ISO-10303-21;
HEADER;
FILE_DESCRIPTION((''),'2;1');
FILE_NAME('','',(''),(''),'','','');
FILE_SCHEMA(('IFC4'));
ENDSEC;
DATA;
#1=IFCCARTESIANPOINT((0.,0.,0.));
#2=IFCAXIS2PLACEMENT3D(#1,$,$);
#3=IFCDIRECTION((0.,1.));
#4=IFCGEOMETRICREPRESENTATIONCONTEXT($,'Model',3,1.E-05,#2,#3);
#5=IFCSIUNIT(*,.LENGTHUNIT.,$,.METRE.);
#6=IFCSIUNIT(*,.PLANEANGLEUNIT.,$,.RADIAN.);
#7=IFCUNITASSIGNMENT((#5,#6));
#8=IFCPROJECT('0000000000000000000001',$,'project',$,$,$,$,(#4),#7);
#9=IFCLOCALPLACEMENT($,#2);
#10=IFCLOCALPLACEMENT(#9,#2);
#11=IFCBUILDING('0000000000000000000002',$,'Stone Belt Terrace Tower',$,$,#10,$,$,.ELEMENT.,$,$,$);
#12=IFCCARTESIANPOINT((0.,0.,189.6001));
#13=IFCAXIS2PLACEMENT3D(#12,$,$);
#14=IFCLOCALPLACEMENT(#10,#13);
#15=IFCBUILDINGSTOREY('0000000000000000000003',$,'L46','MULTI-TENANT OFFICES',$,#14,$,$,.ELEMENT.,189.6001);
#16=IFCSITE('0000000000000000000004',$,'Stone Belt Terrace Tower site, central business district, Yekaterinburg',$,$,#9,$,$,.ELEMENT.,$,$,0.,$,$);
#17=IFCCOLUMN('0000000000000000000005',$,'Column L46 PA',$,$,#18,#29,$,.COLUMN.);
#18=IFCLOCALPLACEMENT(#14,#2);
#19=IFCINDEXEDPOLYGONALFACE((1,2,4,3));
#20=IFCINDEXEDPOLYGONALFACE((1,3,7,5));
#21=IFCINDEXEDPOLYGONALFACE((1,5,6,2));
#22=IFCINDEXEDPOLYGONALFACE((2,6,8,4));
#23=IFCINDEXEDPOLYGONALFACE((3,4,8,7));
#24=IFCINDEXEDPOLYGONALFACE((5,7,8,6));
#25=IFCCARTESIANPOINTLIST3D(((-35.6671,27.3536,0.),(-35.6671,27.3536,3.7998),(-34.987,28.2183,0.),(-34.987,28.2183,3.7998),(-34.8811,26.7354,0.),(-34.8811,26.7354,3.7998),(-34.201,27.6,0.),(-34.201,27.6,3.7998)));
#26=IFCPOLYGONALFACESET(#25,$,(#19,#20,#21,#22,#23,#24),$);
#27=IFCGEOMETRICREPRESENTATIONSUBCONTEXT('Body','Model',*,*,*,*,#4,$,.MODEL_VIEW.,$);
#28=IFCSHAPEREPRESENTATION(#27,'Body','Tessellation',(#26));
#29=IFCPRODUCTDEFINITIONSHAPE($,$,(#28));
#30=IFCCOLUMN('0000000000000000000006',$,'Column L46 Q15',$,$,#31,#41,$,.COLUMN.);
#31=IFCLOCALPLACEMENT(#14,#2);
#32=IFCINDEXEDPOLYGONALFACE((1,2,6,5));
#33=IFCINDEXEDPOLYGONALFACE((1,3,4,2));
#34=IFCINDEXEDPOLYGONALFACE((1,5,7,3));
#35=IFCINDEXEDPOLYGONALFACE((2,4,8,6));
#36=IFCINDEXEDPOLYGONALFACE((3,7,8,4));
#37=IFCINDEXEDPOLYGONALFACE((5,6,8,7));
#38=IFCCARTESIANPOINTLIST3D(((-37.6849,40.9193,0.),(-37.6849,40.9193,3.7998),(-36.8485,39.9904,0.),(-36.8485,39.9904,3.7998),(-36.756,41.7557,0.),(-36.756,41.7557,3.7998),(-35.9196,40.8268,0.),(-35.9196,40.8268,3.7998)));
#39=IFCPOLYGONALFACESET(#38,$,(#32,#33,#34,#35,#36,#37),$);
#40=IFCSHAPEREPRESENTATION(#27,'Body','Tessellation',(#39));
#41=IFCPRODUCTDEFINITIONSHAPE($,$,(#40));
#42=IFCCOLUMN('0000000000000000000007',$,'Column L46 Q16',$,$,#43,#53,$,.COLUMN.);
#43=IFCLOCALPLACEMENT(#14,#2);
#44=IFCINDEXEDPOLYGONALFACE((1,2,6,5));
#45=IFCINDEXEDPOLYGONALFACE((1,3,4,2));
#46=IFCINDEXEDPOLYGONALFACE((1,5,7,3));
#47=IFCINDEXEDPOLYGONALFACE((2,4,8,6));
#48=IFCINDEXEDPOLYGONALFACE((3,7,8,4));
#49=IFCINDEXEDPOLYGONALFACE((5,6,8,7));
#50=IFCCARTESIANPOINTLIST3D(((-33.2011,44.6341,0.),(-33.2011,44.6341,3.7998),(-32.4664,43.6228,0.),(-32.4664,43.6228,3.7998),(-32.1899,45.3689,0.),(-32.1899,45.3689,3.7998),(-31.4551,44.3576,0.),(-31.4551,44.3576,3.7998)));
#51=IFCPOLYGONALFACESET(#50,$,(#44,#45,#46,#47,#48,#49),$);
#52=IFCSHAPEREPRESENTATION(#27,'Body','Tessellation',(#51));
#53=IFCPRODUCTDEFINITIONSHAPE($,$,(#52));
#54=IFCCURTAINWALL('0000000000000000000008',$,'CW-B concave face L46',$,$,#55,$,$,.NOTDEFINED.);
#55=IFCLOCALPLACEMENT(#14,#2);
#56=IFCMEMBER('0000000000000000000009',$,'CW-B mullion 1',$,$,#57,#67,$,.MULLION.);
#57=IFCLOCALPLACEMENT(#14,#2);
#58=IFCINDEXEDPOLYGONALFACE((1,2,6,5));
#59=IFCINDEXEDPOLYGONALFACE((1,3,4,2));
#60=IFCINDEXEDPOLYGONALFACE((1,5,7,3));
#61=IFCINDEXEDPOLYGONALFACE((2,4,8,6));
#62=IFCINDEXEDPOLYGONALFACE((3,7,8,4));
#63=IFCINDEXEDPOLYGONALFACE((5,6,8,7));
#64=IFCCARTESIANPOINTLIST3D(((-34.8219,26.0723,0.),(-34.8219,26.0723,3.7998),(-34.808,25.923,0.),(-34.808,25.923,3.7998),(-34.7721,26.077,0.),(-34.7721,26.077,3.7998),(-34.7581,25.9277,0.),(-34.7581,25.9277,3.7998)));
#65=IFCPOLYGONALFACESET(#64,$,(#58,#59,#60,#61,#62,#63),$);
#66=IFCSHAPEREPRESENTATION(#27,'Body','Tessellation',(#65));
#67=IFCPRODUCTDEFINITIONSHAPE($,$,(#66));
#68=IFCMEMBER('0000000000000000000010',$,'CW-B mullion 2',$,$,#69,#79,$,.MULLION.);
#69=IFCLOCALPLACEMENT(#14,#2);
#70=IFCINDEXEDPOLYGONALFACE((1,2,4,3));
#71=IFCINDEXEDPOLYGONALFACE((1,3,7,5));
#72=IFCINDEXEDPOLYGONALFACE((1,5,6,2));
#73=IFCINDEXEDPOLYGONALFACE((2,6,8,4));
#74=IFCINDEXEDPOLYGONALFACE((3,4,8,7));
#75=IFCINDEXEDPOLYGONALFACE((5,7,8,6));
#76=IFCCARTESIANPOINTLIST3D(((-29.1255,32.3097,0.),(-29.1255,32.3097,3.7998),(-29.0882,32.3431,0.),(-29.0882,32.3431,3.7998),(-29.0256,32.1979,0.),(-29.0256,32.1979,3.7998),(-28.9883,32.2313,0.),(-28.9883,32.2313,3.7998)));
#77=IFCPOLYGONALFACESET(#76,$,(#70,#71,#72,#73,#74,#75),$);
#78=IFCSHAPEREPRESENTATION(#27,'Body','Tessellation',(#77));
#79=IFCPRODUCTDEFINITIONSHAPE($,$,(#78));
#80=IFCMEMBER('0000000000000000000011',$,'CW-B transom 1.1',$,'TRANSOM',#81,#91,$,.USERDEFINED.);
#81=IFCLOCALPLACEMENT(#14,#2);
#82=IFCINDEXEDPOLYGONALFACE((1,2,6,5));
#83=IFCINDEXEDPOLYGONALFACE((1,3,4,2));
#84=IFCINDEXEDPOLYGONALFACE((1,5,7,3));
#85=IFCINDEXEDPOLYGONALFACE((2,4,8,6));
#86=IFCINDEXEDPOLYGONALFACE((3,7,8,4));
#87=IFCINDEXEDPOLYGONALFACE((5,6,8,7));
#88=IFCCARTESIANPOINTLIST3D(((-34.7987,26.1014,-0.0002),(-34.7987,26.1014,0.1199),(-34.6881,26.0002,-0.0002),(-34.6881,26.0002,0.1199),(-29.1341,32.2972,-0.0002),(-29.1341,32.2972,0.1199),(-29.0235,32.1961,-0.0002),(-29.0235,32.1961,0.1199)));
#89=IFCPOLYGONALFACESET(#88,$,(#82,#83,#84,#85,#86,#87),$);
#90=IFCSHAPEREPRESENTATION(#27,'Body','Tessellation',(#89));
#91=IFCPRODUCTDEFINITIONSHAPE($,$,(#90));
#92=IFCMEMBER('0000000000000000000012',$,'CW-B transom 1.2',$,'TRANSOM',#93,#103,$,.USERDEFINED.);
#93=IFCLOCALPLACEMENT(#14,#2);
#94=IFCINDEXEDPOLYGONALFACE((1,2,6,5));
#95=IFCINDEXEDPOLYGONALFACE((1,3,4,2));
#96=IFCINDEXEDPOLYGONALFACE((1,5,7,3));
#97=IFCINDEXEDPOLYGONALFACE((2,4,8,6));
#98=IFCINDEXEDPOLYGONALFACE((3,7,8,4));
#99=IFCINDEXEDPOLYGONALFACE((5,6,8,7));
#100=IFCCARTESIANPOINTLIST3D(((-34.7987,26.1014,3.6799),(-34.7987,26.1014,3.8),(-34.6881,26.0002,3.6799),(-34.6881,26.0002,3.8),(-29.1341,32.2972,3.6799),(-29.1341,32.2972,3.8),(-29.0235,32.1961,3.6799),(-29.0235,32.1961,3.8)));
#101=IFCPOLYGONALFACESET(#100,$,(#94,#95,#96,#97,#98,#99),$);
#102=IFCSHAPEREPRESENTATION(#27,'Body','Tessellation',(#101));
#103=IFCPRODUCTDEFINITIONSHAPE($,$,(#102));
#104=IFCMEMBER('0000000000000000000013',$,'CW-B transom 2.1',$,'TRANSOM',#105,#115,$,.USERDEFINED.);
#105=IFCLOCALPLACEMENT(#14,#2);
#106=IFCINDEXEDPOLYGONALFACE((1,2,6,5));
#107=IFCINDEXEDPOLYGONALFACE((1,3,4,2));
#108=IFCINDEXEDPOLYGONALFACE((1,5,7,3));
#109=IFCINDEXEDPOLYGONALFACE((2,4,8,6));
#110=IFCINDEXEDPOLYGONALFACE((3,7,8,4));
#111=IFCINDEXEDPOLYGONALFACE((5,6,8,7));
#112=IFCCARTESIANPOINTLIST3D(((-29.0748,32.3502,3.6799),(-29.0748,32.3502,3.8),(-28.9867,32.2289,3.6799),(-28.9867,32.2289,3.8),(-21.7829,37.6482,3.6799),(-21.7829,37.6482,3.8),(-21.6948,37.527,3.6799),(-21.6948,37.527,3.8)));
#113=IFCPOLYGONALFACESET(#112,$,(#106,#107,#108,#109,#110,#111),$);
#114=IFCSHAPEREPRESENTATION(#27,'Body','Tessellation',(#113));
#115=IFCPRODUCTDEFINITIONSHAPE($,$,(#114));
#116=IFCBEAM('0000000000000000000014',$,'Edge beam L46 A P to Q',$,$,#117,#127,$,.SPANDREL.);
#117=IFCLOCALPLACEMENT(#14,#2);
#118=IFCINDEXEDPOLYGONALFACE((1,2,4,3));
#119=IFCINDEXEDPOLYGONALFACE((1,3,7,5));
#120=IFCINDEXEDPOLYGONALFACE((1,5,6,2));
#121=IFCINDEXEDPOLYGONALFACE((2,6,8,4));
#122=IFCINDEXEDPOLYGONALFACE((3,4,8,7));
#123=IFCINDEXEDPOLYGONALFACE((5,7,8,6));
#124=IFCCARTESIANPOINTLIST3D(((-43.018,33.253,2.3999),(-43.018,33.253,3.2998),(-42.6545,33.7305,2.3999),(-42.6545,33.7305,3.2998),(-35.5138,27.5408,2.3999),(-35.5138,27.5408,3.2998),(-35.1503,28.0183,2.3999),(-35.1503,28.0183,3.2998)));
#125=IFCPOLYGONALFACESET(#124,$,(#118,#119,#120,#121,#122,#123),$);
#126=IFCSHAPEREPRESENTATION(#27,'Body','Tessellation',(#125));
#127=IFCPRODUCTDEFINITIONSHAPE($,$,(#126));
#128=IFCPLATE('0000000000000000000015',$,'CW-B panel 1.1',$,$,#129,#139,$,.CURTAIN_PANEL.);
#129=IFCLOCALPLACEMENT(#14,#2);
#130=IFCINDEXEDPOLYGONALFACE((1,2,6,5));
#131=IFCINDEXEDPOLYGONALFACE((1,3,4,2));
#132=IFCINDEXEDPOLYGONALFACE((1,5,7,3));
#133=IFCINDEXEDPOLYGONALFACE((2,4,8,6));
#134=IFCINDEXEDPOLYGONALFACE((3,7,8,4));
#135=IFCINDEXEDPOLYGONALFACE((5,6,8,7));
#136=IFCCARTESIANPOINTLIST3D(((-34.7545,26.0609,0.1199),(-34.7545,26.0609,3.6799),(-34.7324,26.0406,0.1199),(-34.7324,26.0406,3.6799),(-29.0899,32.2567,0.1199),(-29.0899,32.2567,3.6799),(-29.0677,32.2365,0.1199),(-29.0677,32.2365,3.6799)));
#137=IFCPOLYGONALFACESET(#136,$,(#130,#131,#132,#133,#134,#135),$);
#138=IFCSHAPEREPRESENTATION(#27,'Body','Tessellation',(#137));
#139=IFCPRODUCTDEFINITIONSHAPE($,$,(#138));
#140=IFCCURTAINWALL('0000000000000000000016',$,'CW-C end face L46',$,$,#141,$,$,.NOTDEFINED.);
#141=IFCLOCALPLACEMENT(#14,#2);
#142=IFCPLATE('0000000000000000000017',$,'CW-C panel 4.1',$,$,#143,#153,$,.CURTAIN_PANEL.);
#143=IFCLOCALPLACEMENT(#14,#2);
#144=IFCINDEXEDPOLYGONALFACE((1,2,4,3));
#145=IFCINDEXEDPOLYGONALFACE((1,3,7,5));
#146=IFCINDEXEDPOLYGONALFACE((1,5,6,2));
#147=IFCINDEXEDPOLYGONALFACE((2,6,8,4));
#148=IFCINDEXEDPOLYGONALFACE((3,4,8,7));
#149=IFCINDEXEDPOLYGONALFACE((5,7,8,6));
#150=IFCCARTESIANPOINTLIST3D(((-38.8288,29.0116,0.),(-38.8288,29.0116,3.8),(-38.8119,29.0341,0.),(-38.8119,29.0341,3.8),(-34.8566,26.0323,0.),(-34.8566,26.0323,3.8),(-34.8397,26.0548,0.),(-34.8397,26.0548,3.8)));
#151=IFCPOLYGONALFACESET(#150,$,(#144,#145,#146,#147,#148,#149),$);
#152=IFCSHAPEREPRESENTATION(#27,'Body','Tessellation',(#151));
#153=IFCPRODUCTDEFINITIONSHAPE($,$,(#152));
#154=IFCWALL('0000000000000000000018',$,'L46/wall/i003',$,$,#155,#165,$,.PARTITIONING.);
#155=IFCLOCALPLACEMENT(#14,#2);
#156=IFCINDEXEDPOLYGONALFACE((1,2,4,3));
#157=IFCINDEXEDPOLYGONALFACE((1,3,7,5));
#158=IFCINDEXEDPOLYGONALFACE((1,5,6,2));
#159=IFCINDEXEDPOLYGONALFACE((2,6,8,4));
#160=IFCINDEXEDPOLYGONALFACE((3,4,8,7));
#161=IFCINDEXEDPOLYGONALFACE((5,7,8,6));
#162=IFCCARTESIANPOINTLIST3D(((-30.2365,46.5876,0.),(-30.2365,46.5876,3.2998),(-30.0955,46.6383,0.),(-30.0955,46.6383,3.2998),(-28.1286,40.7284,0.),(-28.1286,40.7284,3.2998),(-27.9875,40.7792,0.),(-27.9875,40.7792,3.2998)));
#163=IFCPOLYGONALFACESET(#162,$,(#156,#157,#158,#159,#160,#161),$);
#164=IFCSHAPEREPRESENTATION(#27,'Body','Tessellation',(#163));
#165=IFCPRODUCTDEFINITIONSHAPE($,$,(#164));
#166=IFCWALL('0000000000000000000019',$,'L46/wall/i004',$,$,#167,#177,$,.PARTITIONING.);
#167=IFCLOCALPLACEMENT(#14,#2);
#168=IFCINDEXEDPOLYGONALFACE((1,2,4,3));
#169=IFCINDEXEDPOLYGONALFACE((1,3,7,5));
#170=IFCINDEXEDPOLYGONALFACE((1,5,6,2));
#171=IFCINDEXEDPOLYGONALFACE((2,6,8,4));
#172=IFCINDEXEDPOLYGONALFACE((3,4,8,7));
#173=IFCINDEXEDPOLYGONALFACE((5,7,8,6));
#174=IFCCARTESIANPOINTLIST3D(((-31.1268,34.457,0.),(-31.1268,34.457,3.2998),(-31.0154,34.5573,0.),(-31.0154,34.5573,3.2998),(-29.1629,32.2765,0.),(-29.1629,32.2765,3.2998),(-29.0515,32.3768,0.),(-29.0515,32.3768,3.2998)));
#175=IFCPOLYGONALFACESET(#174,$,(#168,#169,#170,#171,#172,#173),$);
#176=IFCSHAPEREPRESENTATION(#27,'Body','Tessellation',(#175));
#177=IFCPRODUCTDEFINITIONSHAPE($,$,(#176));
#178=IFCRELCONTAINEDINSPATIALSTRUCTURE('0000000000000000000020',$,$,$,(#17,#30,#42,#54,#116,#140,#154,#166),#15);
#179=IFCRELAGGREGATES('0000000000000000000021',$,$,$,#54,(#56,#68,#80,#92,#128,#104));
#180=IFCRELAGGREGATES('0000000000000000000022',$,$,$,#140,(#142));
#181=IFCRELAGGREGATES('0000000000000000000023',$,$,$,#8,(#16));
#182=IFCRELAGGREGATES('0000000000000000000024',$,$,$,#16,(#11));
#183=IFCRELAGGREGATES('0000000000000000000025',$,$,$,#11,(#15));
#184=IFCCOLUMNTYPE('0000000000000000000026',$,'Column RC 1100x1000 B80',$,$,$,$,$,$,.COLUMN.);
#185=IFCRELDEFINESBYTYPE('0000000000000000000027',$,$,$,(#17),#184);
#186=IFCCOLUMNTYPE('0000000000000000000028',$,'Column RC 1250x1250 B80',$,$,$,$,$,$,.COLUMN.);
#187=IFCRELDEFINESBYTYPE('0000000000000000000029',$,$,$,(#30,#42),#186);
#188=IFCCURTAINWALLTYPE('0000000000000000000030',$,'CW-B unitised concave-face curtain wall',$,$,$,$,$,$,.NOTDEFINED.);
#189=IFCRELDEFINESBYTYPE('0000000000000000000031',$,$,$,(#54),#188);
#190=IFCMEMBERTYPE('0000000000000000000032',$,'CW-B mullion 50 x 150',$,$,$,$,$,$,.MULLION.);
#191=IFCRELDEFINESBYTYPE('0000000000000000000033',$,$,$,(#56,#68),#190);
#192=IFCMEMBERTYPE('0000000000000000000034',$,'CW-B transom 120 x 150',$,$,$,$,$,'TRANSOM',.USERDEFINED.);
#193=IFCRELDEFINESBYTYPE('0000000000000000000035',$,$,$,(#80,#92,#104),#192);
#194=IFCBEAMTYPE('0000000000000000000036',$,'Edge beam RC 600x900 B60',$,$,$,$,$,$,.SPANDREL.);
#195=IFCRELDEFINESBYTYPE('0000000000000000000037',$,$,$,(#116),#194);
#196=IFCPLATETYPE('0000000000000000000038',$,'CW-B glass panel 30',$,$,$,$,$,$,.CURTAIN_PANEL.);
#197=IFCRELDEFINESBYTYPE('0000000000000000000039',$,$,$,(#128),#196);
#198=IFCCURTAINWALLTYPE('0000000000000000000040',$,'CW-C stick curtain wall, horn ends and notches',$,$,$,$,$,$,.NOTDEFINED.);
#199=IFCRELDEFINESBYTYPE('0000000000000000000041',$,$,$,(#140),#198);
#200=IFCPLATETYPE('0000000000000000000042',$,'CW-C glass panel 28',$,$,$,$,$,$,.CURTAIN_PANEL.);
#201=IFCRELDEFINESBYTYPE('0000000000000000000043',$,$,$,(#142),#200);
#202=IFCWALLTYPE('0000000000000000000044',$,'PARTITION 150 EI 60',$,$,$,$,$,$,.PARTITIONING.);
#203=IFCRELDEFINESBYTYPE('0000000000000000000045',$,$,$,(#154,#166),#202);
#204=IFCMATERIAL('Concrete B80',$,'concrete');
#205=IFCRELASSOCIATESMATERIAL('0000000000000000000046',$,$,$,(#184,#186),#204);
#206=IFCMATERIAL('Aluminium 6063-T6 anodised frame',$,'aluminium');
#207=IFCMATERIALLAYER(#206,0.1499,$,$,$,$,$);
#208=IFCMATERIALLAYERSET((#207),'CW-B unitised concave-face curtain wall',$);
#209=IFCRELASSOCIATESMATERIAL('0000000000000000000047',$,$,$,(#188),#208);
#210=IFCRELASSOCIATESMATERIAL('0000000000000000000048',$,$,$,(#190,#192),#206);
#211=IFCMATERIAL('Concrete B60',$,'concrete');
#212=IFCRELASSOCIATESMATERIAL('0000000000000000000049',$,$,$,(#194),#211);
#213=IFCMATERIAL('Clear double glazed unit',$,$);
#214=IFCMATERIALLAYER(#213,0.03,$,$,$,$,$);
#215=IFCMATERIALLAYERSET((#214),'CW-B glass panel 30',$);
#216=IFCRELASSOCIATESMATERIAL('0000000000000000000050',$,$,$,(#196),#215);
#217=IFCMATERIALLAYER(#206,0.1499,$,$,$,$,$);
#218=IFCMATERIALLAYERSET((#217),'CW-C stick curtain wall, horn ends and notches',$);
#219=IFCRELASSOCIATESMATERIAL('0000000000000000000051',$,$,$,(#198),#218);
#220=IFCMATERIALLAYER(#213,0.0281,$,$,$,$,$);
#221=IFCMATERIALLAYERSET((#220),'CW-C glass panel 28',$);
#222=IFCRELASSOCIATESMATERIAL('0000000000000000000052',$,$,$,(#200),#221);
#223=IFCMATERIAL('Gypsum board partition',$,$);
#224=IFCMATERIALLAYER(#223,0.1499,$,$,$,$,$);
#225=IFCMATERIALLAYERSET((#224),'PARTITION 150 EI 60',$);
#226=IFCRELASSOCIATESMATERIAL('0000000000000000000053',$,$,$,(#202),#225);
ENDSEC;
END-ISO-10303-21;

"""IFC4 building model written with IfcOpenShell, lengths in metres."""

from ifc_helpers import new_model, si_unit, direction, frame, frame_2d, origin, origin_2d, place, context, subcontext, project, spatial, rectangle, extrude, material, layer, layer_set, material_profile, profile_set, type_object, element, aggregate, save


model = new_model("IFC4")

# Units and contexts
model_context = context("Model", 3, precision=1e-05, world=origin(), true_north=direction((0.0, 1.0)))
body_context = subcontext(model_context, "Body", "Model", "MODEL_VIEW")
ifc_project = project(units=[si_unit("LENGTHUNIT", "METRE"), si_unit("PLANEANGLEUNIT", "RADIAN")], contexts=[model_context])

# Site, building, storey
site_placement = place(None, origin())
site = spatial("IfcSite", under=ifc_project, at=site_placement, Name="Stone Belt Terrace Tower site, central business district, Yekaterinburg", CompositionType="ELEMENT", RefElevation=0.0)
building_placement = place(site_placement, origin())
building = spatial("IfcBuilding", under=site, at=building_placement, Name="Stone Belt Terrace Tower", CompositionType="ELEMENT")
storey_placement = place(building_placement, frame((0.0, 0.0, 189.6001)))
storey = spatial("IfcBuildingStorey", under=building, at=storey_placement, Name="L46", Description="MULTI-TENANT OFFICES", CompositionType="ELEMENT", Elevation=189.6001)

# Columns
ifc_material_1 = material(Name="Concrete B80", Category="concrete")
ifc_material_profile_1 = material_profile(ifc_material_1, rectangle(XDim=1.1001, YDim=1.0, at=origin_2d()), Name="RC 1100x1000")
ifc_profile_set_1 = profile_set([ifc_material_profile_1], Name="Concrete B80")
column_type_1 = type_object("IfcColumnType", Name="Column RC 1100x1000 B80", PredefinedType="COLUMN", material=ifc_profile_set_1)
column_placement = place(storey_placement, frame((-34.9341, 27.4768, 0.0), z_axis=(0.0, 0.0, 1.0), x_axis=(0.618218, 0.786007, 0.0)))
element("IfcColumn", 1, at=column_placement, inside=storey, type_object=column_type_1, Name="Column L46 PA", PredefinedType="COLUMN", context=body_context, shape_type="SweptSolid", body=[
    extrude(rectangle(XDim=1.1001, YDim=1.0, at=origin_2d()), origin(), (0.0, 0.0, 1.0), 3.7998),
])
ifc_material_profile_2 = material_profile(ifc_material_1, rectangle(XDim=1.25, YDim=1.25, at=origin_2d()), Name="RC 1250x1250")
ifc_profile_set_2 = profile_set([ifc_material_profile_2], Name="Concrete B80")
column_type_2 = type_object("IfcColumnType", Name="Column RC 1250x1250 B80", PredefinedType="COLUMN", material=ifc_profile_set_2)
for number, where, z_axis, x_axis, name in (
    (2, (-36.8022, 40.873, 0.0), (0.0, 0.0, 1.0), (0.743145, 0.669131, 0.0), "Column L46 Q15"),
    (3, (-32.3281, 44.4958, 0.0), (0.0, 0.0, 1.0), (0.809017, 0.587785, 0.0), "Column L46 Q16"),
):
    element("IfcColumn", number, at=place(storey_placement, frame(where, z_axis=z_axis, x_axis=x_axis)), inside=storey, type_object=column_type_2, Name=name, PredefinedType="COLUMN", context=body_context, shape_type="SweptSolid", body=[
        extrude(rectangle(XDim=1.25, YDim=1.25, at=origin_2d()), origin(), (0.0, 0.0, 1.0), 3.7998),
    ])

# Curtain wall, members
ifc_material_2 = material(Name="Aluminium 6063-T6 anodised frame", Category="aluminium")
ifc_layer_1 = layer(ifc_material_2, 0.1499)
ifc_layer_set_1 = layer_set([ifc_layer_1], Name="CW-B unitised concave-face curtain wall")
curtain_wall_type_1 = type_object("IfcCurtainWallType", Name="CW-B unitised concave-face curtain wall", PredefinedType="NOTDEFINED", material=ifc_layer_set_1)
curtain_wall_1_placement = place(storey_placement, origin())
curtain_wall_1 = element("IfcCurtainWall", 4, at=curtain_wall_1_placement, inside=storey, type_object=curtain_wall_type_1, Name="CW-B concave face L46", PredefinedType="NOTDEFINED")
ifc_material_profile_3 = material_profile(ifc_material_2, rectangle(XDim=0.1499, YDim=0.05, at=origin_2d()), Name="Aluminium 6063-T6 50x150")
ifc_profile_set_3 = profile_set([ifc_material_profile_3], Name="Aluminium 6063-T6 anodised frame")
member_type_1 = type_object("IfcMemberType", Name="CW-B mullion 50 x 150", PredefinedType="MULLION", material=ifc_profile_set_3)
member_1_placement = place(storey_placement, frame((-34.79, 26.0, 0.0), z_axis=(0.0, 0.0, 1.0), x_axis=(-0.093181, 0.995649, 0.0)))
member_1 = element("IfcMember", 5, at=member_1_placement, type_object=member_type_1, Name="CW-B mullion 1", PredefinedType="MULLION", context=body_context, shape_type="SweptSolid", body=[
    extrude(rectangle(XDim=0.1499, YDim=0.05, at=origin_2d()), origin(), (0.0, 0.0, 1.0), 3.7998),
])
member_2_placement = place(storey_placement, frame((-29.0569, 32.2705, 0.0), z_axis=(0.0, 0.0, 1.0), x_axis=(-0.666301, 0.745683, 0.0)))
member_2 = element("IfcMember", 6, at=member_2_placement, type_object=member_type_1, Name="CW-B mullion 2", PredefinedType="MULLION", context=body_context, shape_type="SweptSolid", body=[
    extrude(rectangle(XDim=0.1499, YDim=0.05, at=origin_2d()), origin(), (0.0, 0.0, 1.0), 3.7998),
])
ifc_material_profile_4 = material_profile(ifc_material_2, rectangle(XDim=0.1499, YDim=0.1201, at=origin_2d()), Name="Aluminium 6063-T6 150x120")
ifc_profile_set_4 = profile_set([ifc_material_profile_4], Name="Aluminium 6063-T6 anodised frame")
member_type_2 = type_object("IfcMemberType", Name="CW-B transom 120 x 150", ElementType="TRANSOM", PredefinedType="USERDEFINED", material=ifc_profile_set_4)
member_3_placement = place(storey_placement, frame((-34.7434, 26.0508, 0.0598), z_axis=(0.674757, 0.73804, 0.0), x_axis=(-0.73804, 0.674757, 0.0)))
member_3 = element("IfcMember", 7, at=member_3_placement, type_object=member_type_2, Name="CW-B transom 1.1", ObjectType="TRANSOM", PredefinedType="USERDEFINED", context=body_context, shape_type="SweptSolid", body=[
    extrude(rectangle(XDim=0.1499, YDim=0.1201, at=origin_2d()), origin(), (0.0, 0.0, 1.0), 8.395),
])
member_4_placement = place(storey_placement, frame((-34.7434, 26.0508, 3.74), z_axis=(0.674757, 0.73804, 0.0), x_axis=(-0.73804, 0.674757, 0.0)))
member_4 = element("IfcMember", 8, at=member_4_placement, type_object=member_type_2, Name="CW-B transom 1.2", ObjectType="TRANSOM", PredefinedType="USERDEFINED", context=body_context, shape_type="SweptSolid", body=[
    extrude(rectangle(XDim=0.1499, YDim=0.1201, at=origin_2d()), origin(), (0.0, 0.0, 1.0), 8.395),
])
member_5_placement = place(storey_placement, frame((-29.0308, 32.2896, 3.74), z_axis=(0.809009, 0.587796, 0.0), x_axis=(-0.587796, 0.809009, 0.0)))
member_5 = element("IfcMember", 9, at=member_5_placement, type_object=member_type_2, Name="CW-B transom 2.1", ObjectType="TRANSOM", PredefinedType="USERDEFINED", context=body_context, shape_type="SweptSolid", body=[
    extrude(rectangle(XDim=0.1499, YDim=0.1201, at=origin_2d()), origin(), (0.0, 0.0, 1.0), 9.0134),
])

# Beam
ifc_material_3 = material(Name="Concrete B60", Category="concrete")
ifc_material_profile_5 = material_profile(ifc_material_3, rectangle(XDim=0.6001, YDim=0.8999, at=origin_2d()), Name="RC 600x900")
ifc_profile_set_5 = profile_set([ifc_material_profile_5], Name="Concrete B60")
beam_type = type_object("IfcBeamType", Name="Edge beam RC 600x900 B60", PredefinedType="SPANDREL", material=ifc_profile_set_5)
beam_placement = place(storey_placement, frame((-35.332, 27.7795, 2.8499), z_axis=(-0.795702, 0.605688, 0.0), x_axis=(-0.605688, -0.795702, 0.0)))
element("IfcBeam", 10, at=beam_placement, inside=storey, type_object=beam_type, Name="Edge beam L46 A P to Q", PredefinedType="SPANDREL", context=body_context, shape_type="SweptSolid", body=[
    extrude(rectangle(XDim=0.6001, YDim=0.8999, at=origin_2d()), origin(), (0.0, 0.0, 1.0), 9.4309),
])

# Plate
ifc_material_4 = material(Name="Clear double glazed unit")
ifc_layer_2 = layer(ifc_material_4, 0.03)
ifc_layer_set_2 = layer_set([ifc_layer_2], Name="CW-B glass panel 30")
plate_type_1 = type_object("IfcPlateType", Name="CW-B glass panel 30", PredefinedType="CURTAIN_PANEL", material=ifc_layer_set_2)
plate_1_placement = place(storey_placement, frame((-31.9111, 29.1487, 0.1199), z_axis=(0.0, 0.0, 1.0), x_axis=(0.674761, 0.738036, 0.0)))
plate_1 = element("IfcPlate", 11, at=plate_1_placement, type_object=plate_type_1, Name="CW-B panel 1.1", PredefinedType="CURTAIN_PANEL", context=body_context, shape_type="SweptSolid", body=[
    extrude(rectangle(XDim=8.395, YDim=0.03, at=origin_2d()), origin(), (0.0, 0.0, 1.0), 3.5601),
])
aggregate(curtain_wall_1, [member_1, member_2, member_3, member_4, plate_1, member_5])

# Curtain wall, plate
ifc_layer_3 = layer(ifc_material_2, 0.1499)
ifc_layer_set_3 = layer_set([ifc_layer_3], Name="CW-C stick curtain wall, horn ends and notches")
curtain_wall_type_2 = type_object("IfcCurtainWallType", Name="CW-C stick curtain wall, horn ends and notches", PredefinedType="NOTDEFINED", material=ifc_layer_set_3)
curtain_wall_2_placement = place(storey_placement, origin())
curtain_wall_2 = element("IfcCurtainWall", 12, at=curtain_wall_2_placement, inside=storey, type_object=curtain_wall_type_2, Name="CW-C end face L46", PredefinedType="NOTDEFINED")
ifc_layer_4 = layer(ifc_material_4, 0.0281)
ifc_layer_set_4 = layer_set([ifc_layer_4], Name="CW-C glass panel 28")
plate_type_2 = type_object("IfcPlateType", Name="CW-C glass panel 28", PredefinedType="CURTAIN_PANEL", material=ifc_layer_set_4)
plate_2_placement = place(storey_placement, frame((-36.8342, 27.5332, 0.0), z_axis=(0.0, 0.0, 1.0), x_axis=(0.799987, -0.600018, 0.0)))
plate_2 = element("IfcPlate", 13, at=plate_2_placement, type_object=plate_type_2, Name="CW-C panel 4.1", PredefinedType="CURTAIN_PANEL", context=body_context, shape_type="SweptSolid", body=[
    extrude(rectangle(XDim=4.9653, YDim=0.0281, at=origin_2d()), origin(), (0.0, 0.0, 1.0), 3.8),
])
aggregate(curtain_wall_2, [plate_2])

# Walls
ifc_material_5 = material(Name="Gypsum board partition")
ifc_layer_5 = layer(ifc_material_5, 0.1499)
ifc_layer_set_5 = layer_set([ifc_layer_5], Name="PARTITION 150 EI 60")
wall_type_1 = type_object("IfcWallType", Name="PARTITION 150 EI 60", PredefinedType="PARTITIONING", material=ifc_layer_set_5)
wall_1_placement = place(storey_placement, frame((-28.0581, 40.7539, 0.0), z_axis=(0.0, 0.0, 1.0), x_axis=(-0.338524, 0.940958, 0.0)))
element("IfcWall", 14, at=wall_1_placement, inside=storey, type_object=wall_type_1, Name="L46/wall/i003", PredefinedType="PARTITIONING", context=body_context, shape_type="SweptSolid", body=[
    extrude(rectangle(XDim=6.2268, YDim=0.1499, at=frame_2d((3.1133, 0.0))), origin(), (0.0, 0.0, 1.0), 3.2998),
])
wall_2_placement = place(storey_placement, frame((-29.1072, 32.3267, 0.0), z_axis=(0.0, 0.0, 1.0), x_axis=(-0.669245, 0.743042, 0.0)))
element("IfcWall", 15, at=wall_2_placement, inside=storey, type_object=wall_type_1, Name="L46/wall/i004", PredefinedType="PARTITIONING", context=body_context, shape_type="SweptSolid", body=[
    extrude(rectangle(XDim=2.9346, YDim=0.1499, at=frame_2d((1.4673, 0.0))), origin(), (0.0, 0.0, 1.0), 3.2998),
])

save(model, "model.ifc")
